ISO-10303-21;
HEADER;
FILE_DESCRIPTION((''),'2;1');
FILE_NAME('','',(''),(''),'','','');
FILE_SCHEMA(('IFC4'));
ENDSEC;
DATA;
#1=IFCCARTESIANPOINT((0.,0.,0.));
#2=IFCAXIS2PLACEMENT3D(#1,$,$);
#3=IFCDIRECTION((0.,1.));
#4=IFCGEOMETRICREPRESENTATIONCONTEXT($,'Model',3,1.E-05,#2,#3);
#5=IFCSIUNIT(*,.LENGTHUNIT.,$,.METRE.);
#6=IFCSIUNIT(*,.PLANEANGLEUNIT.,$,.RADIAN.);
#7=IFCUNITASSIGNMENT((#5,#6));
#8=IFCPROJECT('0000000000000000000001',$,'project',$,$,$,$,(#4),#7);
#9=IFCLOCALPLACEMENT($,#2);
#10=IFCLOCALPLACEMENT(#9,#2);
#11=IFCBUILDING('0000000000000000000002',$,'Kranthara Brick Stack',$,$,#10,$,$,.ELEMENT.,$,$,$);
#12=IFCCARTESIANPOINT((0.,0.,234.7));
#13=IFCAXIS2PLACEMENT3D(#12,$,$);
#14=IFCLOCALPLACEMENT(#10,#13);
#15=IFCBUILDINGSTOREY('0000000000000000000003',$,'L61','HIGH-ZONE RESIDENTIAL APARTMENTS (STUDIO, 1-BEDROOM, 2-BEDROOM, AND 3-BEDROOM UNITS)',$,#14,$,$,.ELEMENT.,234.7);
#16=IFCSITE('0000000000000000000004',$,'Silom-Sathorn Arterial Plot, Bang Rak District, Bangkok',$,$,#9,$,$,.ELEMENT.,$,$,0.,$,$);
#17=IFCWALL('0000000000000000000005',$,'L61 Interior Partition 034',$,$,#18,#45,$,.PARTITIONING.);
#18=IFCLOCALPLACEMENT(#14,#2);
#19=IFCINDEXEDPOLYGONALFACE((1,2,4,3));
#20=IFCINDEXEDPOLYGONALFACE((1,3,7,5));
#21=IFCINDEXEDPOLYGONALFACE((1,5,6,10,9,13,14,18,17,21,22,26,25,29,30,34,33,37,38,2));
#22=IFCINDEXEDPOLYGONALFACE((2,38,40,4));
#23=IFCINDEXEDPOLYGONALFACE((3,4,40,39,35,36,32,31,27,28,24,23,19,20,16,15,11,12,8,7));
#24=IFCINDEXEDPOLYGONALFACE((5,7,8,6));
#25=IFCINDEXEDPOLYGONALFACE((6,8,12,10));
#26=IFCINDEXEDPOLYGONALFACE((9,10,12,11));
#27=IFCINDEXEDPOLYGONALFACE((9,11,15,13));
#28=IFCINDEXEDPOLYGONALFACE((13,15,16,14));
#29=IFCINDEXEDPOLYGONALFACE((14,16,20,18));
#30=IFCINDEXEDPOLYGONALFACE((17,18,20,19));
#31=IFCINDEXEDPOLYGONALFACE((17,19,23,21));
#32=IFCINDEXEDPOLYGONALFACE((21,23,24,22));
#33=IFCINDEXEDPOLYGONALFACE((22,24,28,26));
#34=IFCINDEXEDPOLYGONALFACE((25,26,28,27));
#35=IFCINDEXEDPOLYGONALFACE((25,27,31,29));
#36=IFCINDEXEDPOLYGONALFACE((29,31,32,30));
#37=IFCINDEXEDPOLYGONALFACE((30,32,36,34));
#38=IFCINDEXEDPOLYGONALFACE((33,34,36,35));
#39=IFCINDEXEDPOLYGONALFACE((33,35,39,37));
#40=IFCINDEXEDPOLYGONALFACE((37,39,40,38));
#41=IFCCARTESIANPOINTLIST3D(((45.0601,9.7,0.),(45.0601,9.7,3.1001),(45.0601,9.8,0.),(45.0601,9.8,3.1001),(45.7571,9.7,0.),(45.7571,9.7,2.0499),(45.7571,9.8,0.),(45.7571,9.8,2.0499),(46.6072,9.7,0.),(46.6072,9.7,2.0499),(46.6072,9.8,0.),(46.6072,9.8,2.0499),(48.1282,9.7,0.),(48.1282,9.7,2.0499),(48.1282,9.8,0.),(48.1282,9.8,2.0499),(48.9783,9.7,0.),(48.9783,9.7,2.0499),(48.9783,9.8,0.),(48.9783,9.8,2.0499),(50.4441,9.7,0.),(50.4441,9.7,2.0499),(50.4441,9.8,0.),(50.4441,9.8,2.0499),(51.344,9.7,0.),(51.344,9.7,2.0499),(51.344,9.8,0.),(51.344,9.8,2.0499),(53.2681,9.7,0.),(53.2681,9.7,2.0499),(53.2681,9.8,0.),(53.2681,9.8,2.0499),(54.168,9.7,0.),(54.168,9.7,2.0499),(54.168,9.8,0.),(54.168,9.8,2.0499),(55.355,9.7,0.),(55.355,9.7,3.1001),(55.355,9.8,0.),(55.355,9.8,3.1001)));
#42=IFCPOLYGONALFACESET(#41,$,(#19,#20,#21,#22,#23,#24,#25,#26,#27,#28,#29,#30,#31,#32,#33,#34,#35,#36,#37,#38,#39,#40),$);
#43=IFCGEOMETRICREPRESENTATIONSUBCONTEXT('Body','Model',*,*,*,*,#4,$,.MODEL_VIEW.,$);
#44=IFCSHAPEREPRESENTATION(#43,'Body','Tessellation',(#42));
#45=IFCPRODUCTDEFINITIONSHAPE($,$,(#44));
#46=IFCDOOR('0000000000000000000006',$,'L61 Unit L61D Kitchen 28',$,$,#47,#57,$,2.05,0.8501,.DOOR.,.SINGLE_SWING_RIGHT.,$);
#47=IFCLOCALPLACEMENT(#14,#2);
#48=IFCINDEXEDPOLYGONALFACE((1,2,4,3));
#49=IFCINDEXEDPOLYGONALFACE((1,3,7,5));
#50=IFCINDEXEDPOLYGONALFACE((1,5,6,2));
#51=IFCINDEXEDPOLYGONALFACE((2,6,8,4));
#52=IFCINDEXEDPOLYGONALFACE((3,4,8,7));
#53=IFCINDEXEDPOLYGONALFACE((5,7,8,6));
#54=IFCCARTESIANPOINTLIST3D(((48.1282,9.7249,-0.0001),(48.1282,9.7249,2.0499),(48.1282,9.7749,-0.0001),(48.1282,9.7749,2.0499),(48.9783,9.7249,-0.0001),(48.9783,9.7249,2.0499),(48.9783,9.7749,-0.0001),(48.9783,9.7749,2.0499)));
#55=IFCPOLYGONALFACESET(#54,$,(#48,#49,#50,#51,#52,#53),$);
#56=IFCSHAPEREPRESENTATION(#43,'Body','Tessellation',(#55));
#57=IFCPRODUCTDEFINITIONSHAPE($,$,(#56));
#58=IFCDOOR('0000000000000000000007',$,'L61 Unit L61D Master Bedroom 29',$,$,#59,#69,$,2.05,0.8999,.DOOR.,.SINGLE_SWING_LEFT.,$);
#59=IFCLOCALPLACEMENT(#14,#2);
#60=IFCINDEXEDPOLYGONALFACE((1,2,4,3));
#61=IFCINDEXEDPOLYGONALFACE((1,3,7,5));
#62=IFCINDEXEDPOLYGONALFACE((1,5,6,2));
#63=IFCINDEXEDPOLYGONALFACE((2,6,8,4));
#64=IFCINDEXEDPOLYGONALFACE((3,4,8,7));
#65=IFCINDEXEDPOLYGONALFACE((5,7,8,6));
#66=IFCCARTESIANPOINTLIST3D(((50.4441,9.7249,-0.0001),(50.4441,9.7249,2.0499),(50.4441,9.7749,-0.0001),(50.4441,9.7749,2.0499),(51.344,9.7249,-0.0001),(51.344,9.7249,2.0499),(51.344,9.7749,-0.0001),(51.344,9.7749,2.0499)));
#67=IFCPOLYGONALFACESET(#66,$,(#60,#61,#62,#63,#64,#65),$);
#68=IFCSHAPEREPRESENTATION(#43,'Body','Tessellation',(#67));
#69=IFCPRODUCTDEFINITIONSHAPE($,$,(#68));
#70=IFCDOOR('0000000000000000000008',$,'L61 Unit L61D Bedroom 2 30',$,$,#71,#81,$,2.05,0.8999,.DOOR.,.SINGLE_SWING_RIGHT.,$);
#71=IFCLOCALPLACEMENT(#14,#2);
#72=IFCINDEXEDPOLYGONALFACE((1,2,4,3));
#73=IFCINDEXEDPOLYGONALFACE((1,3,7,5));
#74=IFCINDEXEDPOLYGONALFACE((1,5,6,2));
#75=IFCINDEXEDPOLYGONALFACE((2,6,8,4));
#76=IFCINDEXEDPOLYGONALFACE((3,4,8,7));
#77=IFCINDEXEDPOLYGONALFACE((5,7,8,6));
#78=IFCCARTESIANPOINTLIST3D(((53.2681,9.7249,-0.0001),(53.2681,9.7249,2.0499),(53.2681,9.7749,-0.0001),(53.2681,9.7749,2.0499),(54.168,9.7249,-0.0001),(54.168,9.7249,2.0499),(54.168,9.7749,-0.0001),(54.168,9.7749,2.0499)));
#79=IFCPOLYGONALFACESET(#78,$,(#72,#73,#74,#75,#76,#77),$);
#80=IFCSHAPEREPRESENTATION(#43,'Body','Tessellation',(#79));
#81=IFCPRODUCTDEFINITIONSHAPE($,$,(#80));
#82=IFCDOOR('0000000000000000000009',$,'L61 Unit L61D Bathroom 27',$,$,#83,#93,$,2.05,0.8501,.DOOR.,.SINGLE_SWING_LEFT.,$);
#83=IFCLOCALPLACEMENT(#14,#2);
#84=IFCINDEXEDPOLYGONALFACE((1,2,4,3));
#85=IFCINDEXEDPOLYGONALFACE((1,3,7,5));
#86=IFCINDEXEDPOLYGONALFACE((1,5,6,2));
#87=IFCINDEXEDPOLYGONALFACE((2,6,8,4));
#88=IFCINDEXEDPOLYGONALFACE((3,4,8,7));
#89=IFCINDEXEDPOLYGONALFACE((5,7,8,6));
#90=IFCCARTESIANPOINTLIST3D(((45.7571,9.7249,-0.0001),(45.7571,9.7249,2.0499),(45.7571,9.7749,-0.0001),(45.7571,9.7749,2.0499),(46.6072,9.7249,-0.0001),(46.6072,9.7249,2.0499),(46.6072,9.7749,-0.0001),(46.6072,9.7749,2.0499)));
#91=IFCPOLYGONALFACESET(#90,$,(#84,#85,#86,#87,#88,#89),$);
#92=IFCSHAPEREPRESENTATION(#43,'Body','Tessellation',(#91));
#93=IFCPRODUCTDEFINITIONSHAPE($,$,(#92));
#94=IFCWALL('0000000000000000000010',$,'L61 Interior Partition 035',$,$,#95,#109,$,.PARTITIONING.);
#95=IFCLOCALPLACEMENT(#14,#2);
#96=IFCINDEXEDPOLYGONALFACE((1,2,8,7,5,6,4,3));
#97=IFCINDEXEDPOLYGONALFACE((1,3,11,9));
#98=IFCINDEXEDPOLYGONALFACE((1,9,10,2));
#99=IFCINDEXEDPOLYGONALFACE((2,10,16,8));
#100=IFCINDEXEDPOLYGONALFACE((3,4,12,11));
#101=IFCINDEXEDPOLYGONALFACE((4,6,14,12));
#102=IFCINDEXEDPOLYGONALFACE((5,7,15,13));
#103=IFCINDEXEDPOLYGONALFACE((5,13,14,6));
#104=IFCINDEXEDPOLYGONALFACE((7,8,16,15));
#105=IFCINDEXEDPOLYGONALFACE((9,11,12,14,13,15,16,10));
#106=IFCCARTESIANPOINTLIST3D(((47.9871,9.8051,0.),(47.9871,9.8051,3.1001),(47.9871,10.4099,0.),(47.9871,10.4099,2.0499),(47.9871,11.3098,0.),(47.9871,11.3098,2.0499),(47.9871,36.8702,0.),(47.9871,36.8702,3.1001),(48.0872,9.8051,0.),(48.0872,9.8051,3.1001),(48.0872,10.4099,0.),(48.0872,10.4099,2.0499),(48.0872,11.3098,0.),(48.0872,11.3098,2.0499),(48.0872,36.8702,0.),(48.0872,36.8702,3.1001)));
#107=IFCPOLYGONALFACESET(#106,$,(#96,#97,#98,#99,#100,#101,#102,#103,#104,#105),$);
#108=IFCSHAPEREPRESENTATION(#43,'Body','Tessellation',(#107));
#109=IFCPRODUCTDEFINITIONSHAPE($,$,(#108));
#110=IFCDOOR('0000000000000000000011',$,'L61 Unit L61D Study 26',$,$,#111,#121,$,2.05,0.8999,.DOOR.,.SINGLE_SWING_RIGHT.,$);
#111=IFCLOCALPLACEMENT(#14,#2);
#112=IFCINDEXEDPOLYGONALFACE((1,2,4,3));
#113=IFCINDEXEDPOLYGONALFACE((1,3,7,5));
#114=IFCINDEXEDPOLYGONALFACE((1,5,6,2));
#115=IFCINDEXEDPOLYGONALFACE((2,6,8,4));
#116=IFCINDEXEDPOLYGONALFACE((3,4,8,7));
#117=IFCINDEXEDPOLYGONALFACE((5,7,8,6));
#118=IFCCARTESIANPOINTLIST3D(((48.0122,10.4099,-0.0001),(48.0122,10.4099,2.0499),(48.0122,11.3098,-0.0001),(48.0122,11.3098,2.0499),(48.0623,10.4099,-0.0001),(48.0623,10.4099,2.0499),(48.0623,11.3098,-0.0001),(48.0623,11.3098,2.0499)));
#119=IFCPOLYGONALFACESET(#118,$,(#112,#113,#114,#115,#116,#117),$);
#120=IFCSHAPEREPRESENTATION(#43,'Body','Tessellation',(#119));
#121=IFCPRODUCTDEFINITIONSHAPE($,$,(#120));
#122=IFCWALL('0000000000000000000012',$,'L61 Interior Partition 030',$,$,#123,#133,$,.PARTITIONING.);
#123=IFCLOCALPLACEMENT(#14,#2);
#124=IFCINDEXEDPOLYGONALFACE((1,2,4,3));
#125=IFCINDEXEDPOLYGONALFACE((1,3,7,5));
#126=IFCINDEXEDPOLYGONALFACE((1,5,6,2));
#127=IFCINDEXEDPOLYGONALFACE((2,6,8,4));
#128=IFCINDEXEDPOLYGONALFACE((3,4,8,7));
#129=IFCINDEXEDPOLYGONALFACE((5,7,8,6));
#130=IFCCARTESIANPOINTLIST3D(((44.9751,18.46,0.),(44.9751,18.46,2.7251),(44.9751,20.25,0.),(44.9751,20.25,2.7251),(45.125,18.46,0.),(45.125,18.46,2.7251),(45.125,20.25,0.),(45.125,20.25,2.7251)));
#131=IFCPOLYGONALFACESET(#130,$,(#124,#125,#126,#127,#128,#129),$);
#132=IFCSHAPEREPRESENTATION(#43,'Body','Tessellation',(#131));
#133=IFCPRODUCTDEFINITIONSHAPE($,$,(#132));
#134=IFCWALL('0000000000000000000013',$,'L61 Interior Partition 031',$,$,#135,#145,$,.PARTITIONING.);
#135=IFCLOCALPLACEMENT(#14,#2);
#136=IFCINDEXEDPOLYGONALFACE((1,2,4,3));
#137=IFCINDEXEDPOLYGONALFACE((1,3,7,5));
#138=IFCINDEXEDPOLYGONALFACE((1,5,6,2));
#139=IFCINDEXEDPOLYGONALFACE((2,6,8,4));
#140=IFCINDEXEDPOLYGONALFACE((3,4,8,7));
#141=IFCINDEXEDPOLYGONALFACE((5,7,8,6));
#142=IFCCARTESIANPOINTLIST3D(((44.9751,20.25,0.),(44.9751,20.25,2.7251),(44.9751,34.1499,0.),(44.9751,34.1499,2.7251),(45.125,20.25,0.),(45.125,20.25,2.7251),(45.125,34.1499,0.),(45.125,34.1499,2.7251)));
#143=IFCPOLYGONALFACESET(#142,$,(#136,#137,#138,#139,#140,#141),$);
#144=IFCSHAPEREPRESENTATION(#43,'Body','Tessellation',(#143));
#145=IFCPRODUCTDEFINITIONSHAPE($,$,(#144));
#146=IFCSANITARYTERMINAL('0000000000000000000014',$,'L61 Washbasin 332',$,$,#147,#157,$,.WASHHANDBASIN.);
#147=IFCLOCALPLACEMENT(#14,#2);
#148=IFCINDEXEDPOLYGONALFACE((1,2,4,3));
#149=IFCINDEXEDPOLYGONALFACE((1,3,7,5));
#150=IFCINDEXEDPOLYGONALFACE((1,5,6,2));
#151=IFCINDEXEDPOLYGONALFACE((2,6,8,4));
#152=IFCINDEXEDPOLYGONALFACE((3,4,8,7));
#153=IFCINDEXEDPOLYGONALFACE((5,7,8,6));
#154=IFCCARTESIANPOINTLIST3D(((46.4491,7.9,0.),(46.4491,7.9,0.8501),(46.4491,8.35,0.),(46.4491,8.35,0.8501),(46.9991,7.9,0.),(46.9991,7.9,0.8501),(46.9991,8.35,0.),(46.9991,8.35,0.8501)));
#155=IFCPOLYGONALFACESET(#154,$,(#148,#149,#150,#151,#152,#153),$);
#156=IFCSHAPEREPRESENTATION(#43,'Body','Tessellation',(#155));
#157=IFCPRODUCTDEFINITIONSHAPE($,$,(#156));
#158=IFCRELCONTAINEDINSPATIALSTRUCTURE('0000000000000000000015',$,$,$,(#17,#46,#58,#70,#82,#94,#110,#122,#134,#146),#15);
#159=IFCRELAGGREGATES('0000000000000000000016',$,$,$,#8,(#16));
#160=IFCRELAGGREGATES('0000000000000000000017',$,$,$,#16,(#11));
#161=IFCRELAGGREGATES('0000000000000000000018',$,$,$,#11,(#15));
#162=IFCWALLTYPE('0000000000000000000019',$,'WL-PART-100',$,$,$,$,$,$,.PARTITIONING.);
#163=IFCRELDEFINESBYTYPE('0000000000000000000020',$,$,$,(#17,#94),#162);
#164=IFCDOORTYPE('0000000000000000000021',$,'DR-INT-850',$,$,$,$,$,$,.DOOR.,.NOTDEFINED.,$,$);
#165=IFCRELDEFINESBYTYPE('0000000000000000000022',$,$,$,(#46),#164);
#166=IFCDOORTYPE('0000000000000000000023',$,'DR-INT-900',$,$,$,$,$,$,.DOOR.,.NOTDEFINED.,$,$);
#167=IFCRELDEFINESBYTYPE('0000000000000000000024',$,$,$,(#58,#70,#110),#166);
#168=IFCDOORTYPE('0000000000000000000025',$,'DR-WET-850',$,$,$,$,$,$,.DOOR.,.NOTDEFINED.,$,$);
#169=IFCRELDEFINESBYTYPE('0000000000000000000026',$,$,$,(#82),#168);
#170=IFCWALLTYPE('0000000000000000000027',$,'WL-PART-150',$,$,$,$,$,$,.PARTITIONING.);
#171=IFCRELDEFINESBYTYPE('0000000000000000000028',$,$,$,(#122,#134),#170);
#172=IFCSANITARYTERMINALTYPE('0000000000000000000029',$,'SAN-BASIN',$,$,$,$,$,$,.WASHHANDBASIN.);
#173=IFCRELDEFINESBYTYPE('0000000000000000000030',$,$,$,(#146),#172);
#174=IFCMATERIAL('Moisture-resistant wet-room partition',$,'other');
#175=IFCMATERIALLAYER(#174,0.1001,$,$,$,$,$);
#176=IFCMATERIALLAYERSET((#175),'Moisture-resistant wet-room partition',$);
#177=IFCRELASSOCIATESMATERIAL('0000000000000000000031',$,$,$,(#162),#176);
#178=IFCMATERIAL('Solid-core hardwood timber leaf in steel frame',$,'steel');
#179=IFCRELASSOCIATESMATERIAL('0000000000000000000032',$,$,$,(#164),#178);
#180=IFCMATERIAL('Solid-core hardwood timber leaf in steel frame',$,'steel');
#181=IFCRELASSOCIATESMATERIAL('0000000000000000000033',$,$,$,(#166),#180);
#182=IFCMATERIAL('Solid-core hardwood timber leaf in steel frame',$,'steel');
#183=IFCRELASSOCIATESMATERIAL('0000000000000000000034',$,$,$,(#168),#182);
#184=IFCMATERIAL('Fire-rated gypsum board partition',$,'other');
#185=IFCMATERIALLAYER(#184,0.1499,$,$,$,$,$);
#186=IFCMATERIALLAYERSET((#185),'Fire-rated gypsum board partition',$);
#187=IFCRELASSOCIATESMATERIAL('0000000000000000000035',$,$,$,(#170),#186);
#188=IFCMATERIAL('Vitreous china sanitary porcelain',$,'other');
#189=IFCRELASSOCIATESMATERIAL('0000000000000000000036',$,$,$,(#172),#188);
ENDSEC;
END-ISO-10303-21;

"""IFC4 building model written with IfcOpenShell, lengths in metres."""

from ifc_helpers import new_model, si_unit, direction, frame, frame_2d, origin, origin_2d, place, context, subcontext, project, spatial, rectangle, extrude, material, layer, layer_set, type_object, element, fill, save


model = new_model("IFC4")

# Units and contexts
model_context = context("Model", 3, precision=1e-05, world=origin(), true_north=direction((0.0, 1.0)))
body_context = subcontext(model_context, "Body", "Model", "MODEL_VIEW")
ifc_project = project(units=[si_unit("LENGTHUNIT", "METRE"), si_unit("PLANEANGLEUNIT", "RADIAN")], contexts=[model_context])

# Site, building, storey
site_placement = place(None, origin())
site = spatial("IfcSite", under=ifc_project, at=site_placement, Name="Silom-Sathorn Arterial Plot, Bang Rak District, Bangkok", CompositionType="ELEMENT", RefElevation=0.0)
building_placement = place(site_placement, origin())
building = spatial("IfcBuilding", under=site, at=building_placement, Name="Kranthara Brick Stack", CompositionType="ELEMENT")
storey_placement = place(building_placement, frame((0.0, 0.0, 234.7)))
storey = spatial("IfcBuildingStorey", under=building, at=storey_placement, Name="L61", Description="HIGH-ZONE RESIDENTIAL APARTMENTS (STUDIO, 1-BEDROOM, 2-BEDROOM, AND 3-BEDROOM UNITS)", CompositionType="ELEMENT", Elevation=234.7)

# Wall, openings, doors
ifc_material_1 = material(Name="Moisture-resistant wet-room partition", Category="other")
ifc_layer_1 = layer(ifc_material_1, 0.1001)
ifc_layer_set_1 = layer_set([ifc_layer_1], Name="Moisture-resistant wet-room partition")
wall_type_1 = type_object("IfcWallType", Name="WL-PART-100", PredefinedType="PARTITIONING", material=ifc_layer_set_1)
wall_1_placement = place(storey_placement, frame((45.0601, 9.75, 0.0), z_axis=(0.0, 0.0, 1.0), x_axis=(1.0, 0.0, 0.0)))
wall_1 = element("IfcWall", 1, at=wall_1_placement, inside=storey, type_object=wall_type_1, Name="L61 Interior Partition 034", PredefinedType="PARTITIONING", context=body_context, shape_type="SweptSolid", body=[
    extrude(rectangle(XDim=10.2949, YDim=0.1001, at=frame_2d((5.1475, 0.0))), origin(), (0.0, 0.0, 1.0), 3.1001),
])
opening_1_placement = place(wall_1_placement, frame((0.697, 0.0, 0.0)))
opening_1 = element("IfcOpeningElement", 2, at=opening_1_placement, cuts=wall_1, PredefinedType="OPENING", context=body_context, shape_type="SweptSolid", body=[
    extrude(rectangle(XDim=0.8501, YDim=2.05, at=frame_2d((0.425, 1.0249))), frame((0.0, 0.0601, 0.0), z_axis=(0.0, -1.0, 0.0), x_axis=(1.0, 0.0, 0.0)), (0.0, 0.0, 1.0), 0.1201),
])
opening_2_placement = place(wall_1_placement, frame((3.0681, 0.0, 0.0)))
opening_2 = element("IfcOpeningElement", 3, at=opening_2_placement, cuts=wall_1, PredefinedType="OPENING", context=body_context, shape_type="SweptSolid", body=[
    extrude(rectangle(XDim=0.8501, YDim=2.05, at=frame_2d((0.425, 1.0249))), frame((0.0, 0.0601, 0.0), z_axis=(0.0, -1.0, 0.0), x_axis=(1.0, 0.0, 0.0)), (0.0, 0.0, 1.0), 0.1201),
])
opening_3_placement = place(wall_1_placement, frame((5.384, 0.0, 0.0)))
opening_3 = element("IfcOpeningElement", 4, at=opening_3_placement, cuts=wall_1, PredefinedType="OPENING", context=body_context, shape_type="SweptSolid", body=[
    extrude(rectangle(XDim=0.8999, YDim=2.05, at=frame_2d((0.45, 1.0249))), frame((0.0, 0.0601, 0.0), z_axis=(0.0, -1.0, 0.0), x_axis=(1.0, 0.0, 0.0)), (0.0, 0.0, 1.0), 0.1201),
])
opening_4_placement = place(wall_1_placement, frame((8.208, 0.0, 0.0)))
opening_4 = element("IfcOpeningElement", 5, at=opening_4_placement, cuts=wall_1, PredefinedType="OPENING", context=body_context, shape_type="SweptSolid", body=[
    extrude(rectangle(XDim=0.8999, YDim=2.05, at=frame_2d((0.45, 1.0249))), frame((0.0, 0.0601, 0.0), z_axis=(0.0, -1.0, 0.0), x_axis=(1.0, 0.0, 0.0)), (0.0, 0.0, 1.0), 0.1201),
])
ifc_material_2 = material(Name="Solid-core hardwood timber leaf in steel frame", Category="steel")
door_type_1 = type_object("IfcDoorType", Name="DR-INT-850", OperationType="NOTDEFINED", PredefinedType="DOOR", material=ifc_material_2)
door_1_placement = place(opening_2_placement, origin())
door_1 = element("IfcDoor", 6, at=door_1_placement, inside=storey, type_object=door_type_1, Name="L61 Unit L61D Kitchen 28", OperationType="SINGLE_SWING_RIGHT", OverallHeight=2.05, OverallWidth=0.8501, PredefinedType="DOOR", context=body_context, shape_type="SweptSolid", body=[
    extrude(rectangle(XDim=0.8501, YDim=2.05, at=frame_2d((0.425, 1.0249))), frame((0.0, 0.0249, 0.0), z_axis=(0.0, -1.0, 0.0), x_axis=(1.0, 0.0, 0.0)), (0.0, 0.0, 1.0), 0.05),
])
fill(opening_2, door_1)
ifc_material_3 = material(Name="Solid-core hardwood timber leaf in steel frame", Category="steel")
door_type_2 = type_object("IfcDoorType", Name="DR-INT-900", OperationType="NOTDEFINED", PredefinedType="DOOR", material=ifc_material_3)
door_2_placement = place(opening_3_placement, origin())
door_2 = element("IfcDoor", 7, at=door_2_placement, inside=storey, type_object=door_type_2, Name="L61 Unit L61D Master Bedroom 29", OperationType="SINGLE_SWING_LEFT", OverallHeight=2.05, OverallWidth=0.8999, PredefinedType="DOOR", context=body_context, shape_type="SweptSolid", body=[
    extrude(rectangle(XDim=0.8999, YDim=2.05, at=frame_2d((0.45, 1.0249))), frame((0.0, 0.0249, 0.0), z_axis=(0.0, -1.0, 0.0), x_axis=(1.0, 0.0, 0.0)), (0.0, 0.0, 1.0), 0.05),
])
fill(opening_3, door_2)
door_3_placement = place(opening_4_placement, origin())
door_3 = element("IfcDoor", 8, at=door_3_placement, inside=storey, type_object=door_type_2, Name="L61 Unit L61D Bedroom 2 30", OperationType="SINGLE_SWING_RIGHT", OverallHeight=2.05, OverallWidth=0.8999, PredefinedType="DOOR", context=body_context, shape_type="SweptSolid", body=[
    extrude(rectangle(XDim=0.8999, YDim=2.05, at=frame_2d((0.45, 1.0249))), frame((0.0, 0.0249, 0.0), z_axis=(0.0, -1.0, 0.0), x_axis=(1.0, 0.0, 0.0)), (0.0, 0.0, 1.0), 0.05),
])
fill(opening_4, door_3)
ifc_material_4 = material(Name="Solid-core hardwood timber leaf in steel frame", Category="steel")
door_type_3 = type_object("IfcDoorType", Name="DR-WET-850", OperationType="NOTDEFINED", PredefinedType="DOOR", material=ifc_material_4)
door_4_placement = place(opening_1_placement, origin())
door_4 = element("IfcDoor", 9, at=door_4_placement, inside=storey, type_object=door_type_3, Name="L61 Unit L61D Bathroom 27", OperationType="SINGLE_SWING_LEFT", OverallHeight=2.05, OverallWidth=0.8501, PredefinedType="DOOR", context=body_context, shape_type="SweptSolid", body=[
    extrude(rectangle(XDim=0.8501, YDim=2.05, at=frame_2d((0.425, 1.0249))), frame((0.0, 0.0249, 0.0), z_axis=(0.0, -1.0, 0.0), x_axis=(1.0, 0.0, 0.0)), (0.0, 0.0, 1.0), 0.05),
])
fill(opening_1, door_4)

# Wall, opening, door
wall_2_placement = place(storey_placement, frame((48.0371, 9.8049, 0.0), z_axis=(0.0, 0.0, 1.0), x_axis=(0.0, 1.0, 0.0)))
wall_2 = element("IfcWall", 10, at=wall_2_placement, inside=storey, type_object=wall_type_1, Name="L61 Interior Partition 035", PredefinedType="PARTITIONING", context=body_context, shape_type="SweptSolid", body=[
    extrude(rectangle(XDim=27.0652, YDim=0.1001, at=frame_2d((13.5327, 0.0))), origin(), (0.0, 0.0, 1.0), 3.1001),
])
opening_5_placement = place(wall_2_placement, frame((0.605, 0.0, 0.0)))
opening_5 = element("IfcOpeningElement", 11, at=opening_5_placement, cuts=wall_2, PredefinedType="OPENING", context=body_context, shape_type="SweptSolid", body=[
    extrude(rectangle(XDim=0.8999, YDim=2.05, at=frame_2d((0.45, 1.0249))), frame((0.0, 0.0601, 0.0), z_axis=(0.0, -1.0, 0.0), x_axis=(1.0, 0.0, 0.0)), (0.0, 0.0, 1.0), 0.1201),
])
door_5_placement = place(opening_5_placement, origin())
door_5 = element("IfcDoor", 12, at=door_5_placement, inside=storey, type_object=door_type_2, Name="L61 Unit L61D Study 26", OperationType="SINGLE_SWING_RIGHT", OverallHeight=2.05, OverallWidth=0.8999, PredefinedType="DOOR", context=body_context, shape_type="SweptSolid", body=[
    extrude(rectangle(XDim=0.8999, YDim=2.05, at=frame_2d((0.45, 1.0249))), frame((0.0, 0.0249, 0.0), z_axis=(0.0, -1.0, 0.0), x_axis=(1.0, 0.0, 0.0)), (0.0, 0.0, 1.0), 0.05),
])
fill(opening_5, door_5)

# Walls
ifc_material_5 = material(Name="Fire-rated gypsum board partition", Category="other")
ifc_layer_2 = layer(ifc_material_5, 0.1499)
ifc_layer_set_2 = layer_set([ifc_layer_2], Name="Fire-rated gypsum board partition")
wall_type_2 = type_object("IfcWallType", Name="WL-PART-150", PredefinedType="PARTITIONING", material=ifc_layer_set_2)
wall_3_placement = place(storey_placement, frame((45.05, 18.46, 0.0), z_axis=(0.0, 0.0, 1.0), x_axis=(0.0, 1.0, 0.0)))
element("IfcWall", 13, at=wall_3_placement, inside=storey, type_object=wall_type_2, Name="L61 Interior Partition 030", PredefinedType="PARTITIONING", context=body_context, shape_type="SweptSolid", body=[
    extrude(rectangle(XDim=1.79, YDim=0.1499, at=frame_2d((0.895, 0.0))), origin(), (0.0, 0.0, 1.0), 2.7251),
])
wall_4_placement = place(storey_placement, frame((45.05, 20.25, 0.0), z_axis=(0.0, 0.0, 1.0), x_axis=(0.0, 1.0, 0.0)))
element("IfcWall", 14, at=wall_4_placement, inside=storey, type_object=wall_type_2, Name="L61 Interior Partition 031", PredefinedType="PARTITIONING", context=body_context, shape_type="SweptSolid", body=[
    extrude(rectangle(XDim=13.8999, YDim=0.1499, at=frame_2d((6.95, 0.0))), origin(), (0.0, 0.0, 1.0), 2.7251),
])

# Sanitary terminal
ifc_material_6 = material(Name="Vitreous china sanitary porcelain", Category="other")
sanitary_terminal_type_1 = type_object("IfcSanitaryTerminalType", Name="SAN-BASIN", PredefinedType="WASHHANDBASIN", material=ifc_material_6)
sanitary_terminal_1_placement = place(storey_placement, frame((46.7241, 8.125, 0.0), z_axis=(0.0, 0.0, 1.0), x_axis=(1.0, 0.0, 0.0)))
element("IfcSanitaryTerminal", 15, at=sanitary_terminal_1_placement, inside=storey, type_object=sanitary_terminal_type_1, Name="L61 Washbasin 332", PredefinedType="WASHHANDBASIN", context=body_context, shape_type="SweptSolid", body=[
    extrude(rectangle(XDim=0.55, YDim=0.45, at=origin_2d()), origin(), (0.0, 0.0, 1.0), 0.8501),
])

save(model, "model.ifc")
